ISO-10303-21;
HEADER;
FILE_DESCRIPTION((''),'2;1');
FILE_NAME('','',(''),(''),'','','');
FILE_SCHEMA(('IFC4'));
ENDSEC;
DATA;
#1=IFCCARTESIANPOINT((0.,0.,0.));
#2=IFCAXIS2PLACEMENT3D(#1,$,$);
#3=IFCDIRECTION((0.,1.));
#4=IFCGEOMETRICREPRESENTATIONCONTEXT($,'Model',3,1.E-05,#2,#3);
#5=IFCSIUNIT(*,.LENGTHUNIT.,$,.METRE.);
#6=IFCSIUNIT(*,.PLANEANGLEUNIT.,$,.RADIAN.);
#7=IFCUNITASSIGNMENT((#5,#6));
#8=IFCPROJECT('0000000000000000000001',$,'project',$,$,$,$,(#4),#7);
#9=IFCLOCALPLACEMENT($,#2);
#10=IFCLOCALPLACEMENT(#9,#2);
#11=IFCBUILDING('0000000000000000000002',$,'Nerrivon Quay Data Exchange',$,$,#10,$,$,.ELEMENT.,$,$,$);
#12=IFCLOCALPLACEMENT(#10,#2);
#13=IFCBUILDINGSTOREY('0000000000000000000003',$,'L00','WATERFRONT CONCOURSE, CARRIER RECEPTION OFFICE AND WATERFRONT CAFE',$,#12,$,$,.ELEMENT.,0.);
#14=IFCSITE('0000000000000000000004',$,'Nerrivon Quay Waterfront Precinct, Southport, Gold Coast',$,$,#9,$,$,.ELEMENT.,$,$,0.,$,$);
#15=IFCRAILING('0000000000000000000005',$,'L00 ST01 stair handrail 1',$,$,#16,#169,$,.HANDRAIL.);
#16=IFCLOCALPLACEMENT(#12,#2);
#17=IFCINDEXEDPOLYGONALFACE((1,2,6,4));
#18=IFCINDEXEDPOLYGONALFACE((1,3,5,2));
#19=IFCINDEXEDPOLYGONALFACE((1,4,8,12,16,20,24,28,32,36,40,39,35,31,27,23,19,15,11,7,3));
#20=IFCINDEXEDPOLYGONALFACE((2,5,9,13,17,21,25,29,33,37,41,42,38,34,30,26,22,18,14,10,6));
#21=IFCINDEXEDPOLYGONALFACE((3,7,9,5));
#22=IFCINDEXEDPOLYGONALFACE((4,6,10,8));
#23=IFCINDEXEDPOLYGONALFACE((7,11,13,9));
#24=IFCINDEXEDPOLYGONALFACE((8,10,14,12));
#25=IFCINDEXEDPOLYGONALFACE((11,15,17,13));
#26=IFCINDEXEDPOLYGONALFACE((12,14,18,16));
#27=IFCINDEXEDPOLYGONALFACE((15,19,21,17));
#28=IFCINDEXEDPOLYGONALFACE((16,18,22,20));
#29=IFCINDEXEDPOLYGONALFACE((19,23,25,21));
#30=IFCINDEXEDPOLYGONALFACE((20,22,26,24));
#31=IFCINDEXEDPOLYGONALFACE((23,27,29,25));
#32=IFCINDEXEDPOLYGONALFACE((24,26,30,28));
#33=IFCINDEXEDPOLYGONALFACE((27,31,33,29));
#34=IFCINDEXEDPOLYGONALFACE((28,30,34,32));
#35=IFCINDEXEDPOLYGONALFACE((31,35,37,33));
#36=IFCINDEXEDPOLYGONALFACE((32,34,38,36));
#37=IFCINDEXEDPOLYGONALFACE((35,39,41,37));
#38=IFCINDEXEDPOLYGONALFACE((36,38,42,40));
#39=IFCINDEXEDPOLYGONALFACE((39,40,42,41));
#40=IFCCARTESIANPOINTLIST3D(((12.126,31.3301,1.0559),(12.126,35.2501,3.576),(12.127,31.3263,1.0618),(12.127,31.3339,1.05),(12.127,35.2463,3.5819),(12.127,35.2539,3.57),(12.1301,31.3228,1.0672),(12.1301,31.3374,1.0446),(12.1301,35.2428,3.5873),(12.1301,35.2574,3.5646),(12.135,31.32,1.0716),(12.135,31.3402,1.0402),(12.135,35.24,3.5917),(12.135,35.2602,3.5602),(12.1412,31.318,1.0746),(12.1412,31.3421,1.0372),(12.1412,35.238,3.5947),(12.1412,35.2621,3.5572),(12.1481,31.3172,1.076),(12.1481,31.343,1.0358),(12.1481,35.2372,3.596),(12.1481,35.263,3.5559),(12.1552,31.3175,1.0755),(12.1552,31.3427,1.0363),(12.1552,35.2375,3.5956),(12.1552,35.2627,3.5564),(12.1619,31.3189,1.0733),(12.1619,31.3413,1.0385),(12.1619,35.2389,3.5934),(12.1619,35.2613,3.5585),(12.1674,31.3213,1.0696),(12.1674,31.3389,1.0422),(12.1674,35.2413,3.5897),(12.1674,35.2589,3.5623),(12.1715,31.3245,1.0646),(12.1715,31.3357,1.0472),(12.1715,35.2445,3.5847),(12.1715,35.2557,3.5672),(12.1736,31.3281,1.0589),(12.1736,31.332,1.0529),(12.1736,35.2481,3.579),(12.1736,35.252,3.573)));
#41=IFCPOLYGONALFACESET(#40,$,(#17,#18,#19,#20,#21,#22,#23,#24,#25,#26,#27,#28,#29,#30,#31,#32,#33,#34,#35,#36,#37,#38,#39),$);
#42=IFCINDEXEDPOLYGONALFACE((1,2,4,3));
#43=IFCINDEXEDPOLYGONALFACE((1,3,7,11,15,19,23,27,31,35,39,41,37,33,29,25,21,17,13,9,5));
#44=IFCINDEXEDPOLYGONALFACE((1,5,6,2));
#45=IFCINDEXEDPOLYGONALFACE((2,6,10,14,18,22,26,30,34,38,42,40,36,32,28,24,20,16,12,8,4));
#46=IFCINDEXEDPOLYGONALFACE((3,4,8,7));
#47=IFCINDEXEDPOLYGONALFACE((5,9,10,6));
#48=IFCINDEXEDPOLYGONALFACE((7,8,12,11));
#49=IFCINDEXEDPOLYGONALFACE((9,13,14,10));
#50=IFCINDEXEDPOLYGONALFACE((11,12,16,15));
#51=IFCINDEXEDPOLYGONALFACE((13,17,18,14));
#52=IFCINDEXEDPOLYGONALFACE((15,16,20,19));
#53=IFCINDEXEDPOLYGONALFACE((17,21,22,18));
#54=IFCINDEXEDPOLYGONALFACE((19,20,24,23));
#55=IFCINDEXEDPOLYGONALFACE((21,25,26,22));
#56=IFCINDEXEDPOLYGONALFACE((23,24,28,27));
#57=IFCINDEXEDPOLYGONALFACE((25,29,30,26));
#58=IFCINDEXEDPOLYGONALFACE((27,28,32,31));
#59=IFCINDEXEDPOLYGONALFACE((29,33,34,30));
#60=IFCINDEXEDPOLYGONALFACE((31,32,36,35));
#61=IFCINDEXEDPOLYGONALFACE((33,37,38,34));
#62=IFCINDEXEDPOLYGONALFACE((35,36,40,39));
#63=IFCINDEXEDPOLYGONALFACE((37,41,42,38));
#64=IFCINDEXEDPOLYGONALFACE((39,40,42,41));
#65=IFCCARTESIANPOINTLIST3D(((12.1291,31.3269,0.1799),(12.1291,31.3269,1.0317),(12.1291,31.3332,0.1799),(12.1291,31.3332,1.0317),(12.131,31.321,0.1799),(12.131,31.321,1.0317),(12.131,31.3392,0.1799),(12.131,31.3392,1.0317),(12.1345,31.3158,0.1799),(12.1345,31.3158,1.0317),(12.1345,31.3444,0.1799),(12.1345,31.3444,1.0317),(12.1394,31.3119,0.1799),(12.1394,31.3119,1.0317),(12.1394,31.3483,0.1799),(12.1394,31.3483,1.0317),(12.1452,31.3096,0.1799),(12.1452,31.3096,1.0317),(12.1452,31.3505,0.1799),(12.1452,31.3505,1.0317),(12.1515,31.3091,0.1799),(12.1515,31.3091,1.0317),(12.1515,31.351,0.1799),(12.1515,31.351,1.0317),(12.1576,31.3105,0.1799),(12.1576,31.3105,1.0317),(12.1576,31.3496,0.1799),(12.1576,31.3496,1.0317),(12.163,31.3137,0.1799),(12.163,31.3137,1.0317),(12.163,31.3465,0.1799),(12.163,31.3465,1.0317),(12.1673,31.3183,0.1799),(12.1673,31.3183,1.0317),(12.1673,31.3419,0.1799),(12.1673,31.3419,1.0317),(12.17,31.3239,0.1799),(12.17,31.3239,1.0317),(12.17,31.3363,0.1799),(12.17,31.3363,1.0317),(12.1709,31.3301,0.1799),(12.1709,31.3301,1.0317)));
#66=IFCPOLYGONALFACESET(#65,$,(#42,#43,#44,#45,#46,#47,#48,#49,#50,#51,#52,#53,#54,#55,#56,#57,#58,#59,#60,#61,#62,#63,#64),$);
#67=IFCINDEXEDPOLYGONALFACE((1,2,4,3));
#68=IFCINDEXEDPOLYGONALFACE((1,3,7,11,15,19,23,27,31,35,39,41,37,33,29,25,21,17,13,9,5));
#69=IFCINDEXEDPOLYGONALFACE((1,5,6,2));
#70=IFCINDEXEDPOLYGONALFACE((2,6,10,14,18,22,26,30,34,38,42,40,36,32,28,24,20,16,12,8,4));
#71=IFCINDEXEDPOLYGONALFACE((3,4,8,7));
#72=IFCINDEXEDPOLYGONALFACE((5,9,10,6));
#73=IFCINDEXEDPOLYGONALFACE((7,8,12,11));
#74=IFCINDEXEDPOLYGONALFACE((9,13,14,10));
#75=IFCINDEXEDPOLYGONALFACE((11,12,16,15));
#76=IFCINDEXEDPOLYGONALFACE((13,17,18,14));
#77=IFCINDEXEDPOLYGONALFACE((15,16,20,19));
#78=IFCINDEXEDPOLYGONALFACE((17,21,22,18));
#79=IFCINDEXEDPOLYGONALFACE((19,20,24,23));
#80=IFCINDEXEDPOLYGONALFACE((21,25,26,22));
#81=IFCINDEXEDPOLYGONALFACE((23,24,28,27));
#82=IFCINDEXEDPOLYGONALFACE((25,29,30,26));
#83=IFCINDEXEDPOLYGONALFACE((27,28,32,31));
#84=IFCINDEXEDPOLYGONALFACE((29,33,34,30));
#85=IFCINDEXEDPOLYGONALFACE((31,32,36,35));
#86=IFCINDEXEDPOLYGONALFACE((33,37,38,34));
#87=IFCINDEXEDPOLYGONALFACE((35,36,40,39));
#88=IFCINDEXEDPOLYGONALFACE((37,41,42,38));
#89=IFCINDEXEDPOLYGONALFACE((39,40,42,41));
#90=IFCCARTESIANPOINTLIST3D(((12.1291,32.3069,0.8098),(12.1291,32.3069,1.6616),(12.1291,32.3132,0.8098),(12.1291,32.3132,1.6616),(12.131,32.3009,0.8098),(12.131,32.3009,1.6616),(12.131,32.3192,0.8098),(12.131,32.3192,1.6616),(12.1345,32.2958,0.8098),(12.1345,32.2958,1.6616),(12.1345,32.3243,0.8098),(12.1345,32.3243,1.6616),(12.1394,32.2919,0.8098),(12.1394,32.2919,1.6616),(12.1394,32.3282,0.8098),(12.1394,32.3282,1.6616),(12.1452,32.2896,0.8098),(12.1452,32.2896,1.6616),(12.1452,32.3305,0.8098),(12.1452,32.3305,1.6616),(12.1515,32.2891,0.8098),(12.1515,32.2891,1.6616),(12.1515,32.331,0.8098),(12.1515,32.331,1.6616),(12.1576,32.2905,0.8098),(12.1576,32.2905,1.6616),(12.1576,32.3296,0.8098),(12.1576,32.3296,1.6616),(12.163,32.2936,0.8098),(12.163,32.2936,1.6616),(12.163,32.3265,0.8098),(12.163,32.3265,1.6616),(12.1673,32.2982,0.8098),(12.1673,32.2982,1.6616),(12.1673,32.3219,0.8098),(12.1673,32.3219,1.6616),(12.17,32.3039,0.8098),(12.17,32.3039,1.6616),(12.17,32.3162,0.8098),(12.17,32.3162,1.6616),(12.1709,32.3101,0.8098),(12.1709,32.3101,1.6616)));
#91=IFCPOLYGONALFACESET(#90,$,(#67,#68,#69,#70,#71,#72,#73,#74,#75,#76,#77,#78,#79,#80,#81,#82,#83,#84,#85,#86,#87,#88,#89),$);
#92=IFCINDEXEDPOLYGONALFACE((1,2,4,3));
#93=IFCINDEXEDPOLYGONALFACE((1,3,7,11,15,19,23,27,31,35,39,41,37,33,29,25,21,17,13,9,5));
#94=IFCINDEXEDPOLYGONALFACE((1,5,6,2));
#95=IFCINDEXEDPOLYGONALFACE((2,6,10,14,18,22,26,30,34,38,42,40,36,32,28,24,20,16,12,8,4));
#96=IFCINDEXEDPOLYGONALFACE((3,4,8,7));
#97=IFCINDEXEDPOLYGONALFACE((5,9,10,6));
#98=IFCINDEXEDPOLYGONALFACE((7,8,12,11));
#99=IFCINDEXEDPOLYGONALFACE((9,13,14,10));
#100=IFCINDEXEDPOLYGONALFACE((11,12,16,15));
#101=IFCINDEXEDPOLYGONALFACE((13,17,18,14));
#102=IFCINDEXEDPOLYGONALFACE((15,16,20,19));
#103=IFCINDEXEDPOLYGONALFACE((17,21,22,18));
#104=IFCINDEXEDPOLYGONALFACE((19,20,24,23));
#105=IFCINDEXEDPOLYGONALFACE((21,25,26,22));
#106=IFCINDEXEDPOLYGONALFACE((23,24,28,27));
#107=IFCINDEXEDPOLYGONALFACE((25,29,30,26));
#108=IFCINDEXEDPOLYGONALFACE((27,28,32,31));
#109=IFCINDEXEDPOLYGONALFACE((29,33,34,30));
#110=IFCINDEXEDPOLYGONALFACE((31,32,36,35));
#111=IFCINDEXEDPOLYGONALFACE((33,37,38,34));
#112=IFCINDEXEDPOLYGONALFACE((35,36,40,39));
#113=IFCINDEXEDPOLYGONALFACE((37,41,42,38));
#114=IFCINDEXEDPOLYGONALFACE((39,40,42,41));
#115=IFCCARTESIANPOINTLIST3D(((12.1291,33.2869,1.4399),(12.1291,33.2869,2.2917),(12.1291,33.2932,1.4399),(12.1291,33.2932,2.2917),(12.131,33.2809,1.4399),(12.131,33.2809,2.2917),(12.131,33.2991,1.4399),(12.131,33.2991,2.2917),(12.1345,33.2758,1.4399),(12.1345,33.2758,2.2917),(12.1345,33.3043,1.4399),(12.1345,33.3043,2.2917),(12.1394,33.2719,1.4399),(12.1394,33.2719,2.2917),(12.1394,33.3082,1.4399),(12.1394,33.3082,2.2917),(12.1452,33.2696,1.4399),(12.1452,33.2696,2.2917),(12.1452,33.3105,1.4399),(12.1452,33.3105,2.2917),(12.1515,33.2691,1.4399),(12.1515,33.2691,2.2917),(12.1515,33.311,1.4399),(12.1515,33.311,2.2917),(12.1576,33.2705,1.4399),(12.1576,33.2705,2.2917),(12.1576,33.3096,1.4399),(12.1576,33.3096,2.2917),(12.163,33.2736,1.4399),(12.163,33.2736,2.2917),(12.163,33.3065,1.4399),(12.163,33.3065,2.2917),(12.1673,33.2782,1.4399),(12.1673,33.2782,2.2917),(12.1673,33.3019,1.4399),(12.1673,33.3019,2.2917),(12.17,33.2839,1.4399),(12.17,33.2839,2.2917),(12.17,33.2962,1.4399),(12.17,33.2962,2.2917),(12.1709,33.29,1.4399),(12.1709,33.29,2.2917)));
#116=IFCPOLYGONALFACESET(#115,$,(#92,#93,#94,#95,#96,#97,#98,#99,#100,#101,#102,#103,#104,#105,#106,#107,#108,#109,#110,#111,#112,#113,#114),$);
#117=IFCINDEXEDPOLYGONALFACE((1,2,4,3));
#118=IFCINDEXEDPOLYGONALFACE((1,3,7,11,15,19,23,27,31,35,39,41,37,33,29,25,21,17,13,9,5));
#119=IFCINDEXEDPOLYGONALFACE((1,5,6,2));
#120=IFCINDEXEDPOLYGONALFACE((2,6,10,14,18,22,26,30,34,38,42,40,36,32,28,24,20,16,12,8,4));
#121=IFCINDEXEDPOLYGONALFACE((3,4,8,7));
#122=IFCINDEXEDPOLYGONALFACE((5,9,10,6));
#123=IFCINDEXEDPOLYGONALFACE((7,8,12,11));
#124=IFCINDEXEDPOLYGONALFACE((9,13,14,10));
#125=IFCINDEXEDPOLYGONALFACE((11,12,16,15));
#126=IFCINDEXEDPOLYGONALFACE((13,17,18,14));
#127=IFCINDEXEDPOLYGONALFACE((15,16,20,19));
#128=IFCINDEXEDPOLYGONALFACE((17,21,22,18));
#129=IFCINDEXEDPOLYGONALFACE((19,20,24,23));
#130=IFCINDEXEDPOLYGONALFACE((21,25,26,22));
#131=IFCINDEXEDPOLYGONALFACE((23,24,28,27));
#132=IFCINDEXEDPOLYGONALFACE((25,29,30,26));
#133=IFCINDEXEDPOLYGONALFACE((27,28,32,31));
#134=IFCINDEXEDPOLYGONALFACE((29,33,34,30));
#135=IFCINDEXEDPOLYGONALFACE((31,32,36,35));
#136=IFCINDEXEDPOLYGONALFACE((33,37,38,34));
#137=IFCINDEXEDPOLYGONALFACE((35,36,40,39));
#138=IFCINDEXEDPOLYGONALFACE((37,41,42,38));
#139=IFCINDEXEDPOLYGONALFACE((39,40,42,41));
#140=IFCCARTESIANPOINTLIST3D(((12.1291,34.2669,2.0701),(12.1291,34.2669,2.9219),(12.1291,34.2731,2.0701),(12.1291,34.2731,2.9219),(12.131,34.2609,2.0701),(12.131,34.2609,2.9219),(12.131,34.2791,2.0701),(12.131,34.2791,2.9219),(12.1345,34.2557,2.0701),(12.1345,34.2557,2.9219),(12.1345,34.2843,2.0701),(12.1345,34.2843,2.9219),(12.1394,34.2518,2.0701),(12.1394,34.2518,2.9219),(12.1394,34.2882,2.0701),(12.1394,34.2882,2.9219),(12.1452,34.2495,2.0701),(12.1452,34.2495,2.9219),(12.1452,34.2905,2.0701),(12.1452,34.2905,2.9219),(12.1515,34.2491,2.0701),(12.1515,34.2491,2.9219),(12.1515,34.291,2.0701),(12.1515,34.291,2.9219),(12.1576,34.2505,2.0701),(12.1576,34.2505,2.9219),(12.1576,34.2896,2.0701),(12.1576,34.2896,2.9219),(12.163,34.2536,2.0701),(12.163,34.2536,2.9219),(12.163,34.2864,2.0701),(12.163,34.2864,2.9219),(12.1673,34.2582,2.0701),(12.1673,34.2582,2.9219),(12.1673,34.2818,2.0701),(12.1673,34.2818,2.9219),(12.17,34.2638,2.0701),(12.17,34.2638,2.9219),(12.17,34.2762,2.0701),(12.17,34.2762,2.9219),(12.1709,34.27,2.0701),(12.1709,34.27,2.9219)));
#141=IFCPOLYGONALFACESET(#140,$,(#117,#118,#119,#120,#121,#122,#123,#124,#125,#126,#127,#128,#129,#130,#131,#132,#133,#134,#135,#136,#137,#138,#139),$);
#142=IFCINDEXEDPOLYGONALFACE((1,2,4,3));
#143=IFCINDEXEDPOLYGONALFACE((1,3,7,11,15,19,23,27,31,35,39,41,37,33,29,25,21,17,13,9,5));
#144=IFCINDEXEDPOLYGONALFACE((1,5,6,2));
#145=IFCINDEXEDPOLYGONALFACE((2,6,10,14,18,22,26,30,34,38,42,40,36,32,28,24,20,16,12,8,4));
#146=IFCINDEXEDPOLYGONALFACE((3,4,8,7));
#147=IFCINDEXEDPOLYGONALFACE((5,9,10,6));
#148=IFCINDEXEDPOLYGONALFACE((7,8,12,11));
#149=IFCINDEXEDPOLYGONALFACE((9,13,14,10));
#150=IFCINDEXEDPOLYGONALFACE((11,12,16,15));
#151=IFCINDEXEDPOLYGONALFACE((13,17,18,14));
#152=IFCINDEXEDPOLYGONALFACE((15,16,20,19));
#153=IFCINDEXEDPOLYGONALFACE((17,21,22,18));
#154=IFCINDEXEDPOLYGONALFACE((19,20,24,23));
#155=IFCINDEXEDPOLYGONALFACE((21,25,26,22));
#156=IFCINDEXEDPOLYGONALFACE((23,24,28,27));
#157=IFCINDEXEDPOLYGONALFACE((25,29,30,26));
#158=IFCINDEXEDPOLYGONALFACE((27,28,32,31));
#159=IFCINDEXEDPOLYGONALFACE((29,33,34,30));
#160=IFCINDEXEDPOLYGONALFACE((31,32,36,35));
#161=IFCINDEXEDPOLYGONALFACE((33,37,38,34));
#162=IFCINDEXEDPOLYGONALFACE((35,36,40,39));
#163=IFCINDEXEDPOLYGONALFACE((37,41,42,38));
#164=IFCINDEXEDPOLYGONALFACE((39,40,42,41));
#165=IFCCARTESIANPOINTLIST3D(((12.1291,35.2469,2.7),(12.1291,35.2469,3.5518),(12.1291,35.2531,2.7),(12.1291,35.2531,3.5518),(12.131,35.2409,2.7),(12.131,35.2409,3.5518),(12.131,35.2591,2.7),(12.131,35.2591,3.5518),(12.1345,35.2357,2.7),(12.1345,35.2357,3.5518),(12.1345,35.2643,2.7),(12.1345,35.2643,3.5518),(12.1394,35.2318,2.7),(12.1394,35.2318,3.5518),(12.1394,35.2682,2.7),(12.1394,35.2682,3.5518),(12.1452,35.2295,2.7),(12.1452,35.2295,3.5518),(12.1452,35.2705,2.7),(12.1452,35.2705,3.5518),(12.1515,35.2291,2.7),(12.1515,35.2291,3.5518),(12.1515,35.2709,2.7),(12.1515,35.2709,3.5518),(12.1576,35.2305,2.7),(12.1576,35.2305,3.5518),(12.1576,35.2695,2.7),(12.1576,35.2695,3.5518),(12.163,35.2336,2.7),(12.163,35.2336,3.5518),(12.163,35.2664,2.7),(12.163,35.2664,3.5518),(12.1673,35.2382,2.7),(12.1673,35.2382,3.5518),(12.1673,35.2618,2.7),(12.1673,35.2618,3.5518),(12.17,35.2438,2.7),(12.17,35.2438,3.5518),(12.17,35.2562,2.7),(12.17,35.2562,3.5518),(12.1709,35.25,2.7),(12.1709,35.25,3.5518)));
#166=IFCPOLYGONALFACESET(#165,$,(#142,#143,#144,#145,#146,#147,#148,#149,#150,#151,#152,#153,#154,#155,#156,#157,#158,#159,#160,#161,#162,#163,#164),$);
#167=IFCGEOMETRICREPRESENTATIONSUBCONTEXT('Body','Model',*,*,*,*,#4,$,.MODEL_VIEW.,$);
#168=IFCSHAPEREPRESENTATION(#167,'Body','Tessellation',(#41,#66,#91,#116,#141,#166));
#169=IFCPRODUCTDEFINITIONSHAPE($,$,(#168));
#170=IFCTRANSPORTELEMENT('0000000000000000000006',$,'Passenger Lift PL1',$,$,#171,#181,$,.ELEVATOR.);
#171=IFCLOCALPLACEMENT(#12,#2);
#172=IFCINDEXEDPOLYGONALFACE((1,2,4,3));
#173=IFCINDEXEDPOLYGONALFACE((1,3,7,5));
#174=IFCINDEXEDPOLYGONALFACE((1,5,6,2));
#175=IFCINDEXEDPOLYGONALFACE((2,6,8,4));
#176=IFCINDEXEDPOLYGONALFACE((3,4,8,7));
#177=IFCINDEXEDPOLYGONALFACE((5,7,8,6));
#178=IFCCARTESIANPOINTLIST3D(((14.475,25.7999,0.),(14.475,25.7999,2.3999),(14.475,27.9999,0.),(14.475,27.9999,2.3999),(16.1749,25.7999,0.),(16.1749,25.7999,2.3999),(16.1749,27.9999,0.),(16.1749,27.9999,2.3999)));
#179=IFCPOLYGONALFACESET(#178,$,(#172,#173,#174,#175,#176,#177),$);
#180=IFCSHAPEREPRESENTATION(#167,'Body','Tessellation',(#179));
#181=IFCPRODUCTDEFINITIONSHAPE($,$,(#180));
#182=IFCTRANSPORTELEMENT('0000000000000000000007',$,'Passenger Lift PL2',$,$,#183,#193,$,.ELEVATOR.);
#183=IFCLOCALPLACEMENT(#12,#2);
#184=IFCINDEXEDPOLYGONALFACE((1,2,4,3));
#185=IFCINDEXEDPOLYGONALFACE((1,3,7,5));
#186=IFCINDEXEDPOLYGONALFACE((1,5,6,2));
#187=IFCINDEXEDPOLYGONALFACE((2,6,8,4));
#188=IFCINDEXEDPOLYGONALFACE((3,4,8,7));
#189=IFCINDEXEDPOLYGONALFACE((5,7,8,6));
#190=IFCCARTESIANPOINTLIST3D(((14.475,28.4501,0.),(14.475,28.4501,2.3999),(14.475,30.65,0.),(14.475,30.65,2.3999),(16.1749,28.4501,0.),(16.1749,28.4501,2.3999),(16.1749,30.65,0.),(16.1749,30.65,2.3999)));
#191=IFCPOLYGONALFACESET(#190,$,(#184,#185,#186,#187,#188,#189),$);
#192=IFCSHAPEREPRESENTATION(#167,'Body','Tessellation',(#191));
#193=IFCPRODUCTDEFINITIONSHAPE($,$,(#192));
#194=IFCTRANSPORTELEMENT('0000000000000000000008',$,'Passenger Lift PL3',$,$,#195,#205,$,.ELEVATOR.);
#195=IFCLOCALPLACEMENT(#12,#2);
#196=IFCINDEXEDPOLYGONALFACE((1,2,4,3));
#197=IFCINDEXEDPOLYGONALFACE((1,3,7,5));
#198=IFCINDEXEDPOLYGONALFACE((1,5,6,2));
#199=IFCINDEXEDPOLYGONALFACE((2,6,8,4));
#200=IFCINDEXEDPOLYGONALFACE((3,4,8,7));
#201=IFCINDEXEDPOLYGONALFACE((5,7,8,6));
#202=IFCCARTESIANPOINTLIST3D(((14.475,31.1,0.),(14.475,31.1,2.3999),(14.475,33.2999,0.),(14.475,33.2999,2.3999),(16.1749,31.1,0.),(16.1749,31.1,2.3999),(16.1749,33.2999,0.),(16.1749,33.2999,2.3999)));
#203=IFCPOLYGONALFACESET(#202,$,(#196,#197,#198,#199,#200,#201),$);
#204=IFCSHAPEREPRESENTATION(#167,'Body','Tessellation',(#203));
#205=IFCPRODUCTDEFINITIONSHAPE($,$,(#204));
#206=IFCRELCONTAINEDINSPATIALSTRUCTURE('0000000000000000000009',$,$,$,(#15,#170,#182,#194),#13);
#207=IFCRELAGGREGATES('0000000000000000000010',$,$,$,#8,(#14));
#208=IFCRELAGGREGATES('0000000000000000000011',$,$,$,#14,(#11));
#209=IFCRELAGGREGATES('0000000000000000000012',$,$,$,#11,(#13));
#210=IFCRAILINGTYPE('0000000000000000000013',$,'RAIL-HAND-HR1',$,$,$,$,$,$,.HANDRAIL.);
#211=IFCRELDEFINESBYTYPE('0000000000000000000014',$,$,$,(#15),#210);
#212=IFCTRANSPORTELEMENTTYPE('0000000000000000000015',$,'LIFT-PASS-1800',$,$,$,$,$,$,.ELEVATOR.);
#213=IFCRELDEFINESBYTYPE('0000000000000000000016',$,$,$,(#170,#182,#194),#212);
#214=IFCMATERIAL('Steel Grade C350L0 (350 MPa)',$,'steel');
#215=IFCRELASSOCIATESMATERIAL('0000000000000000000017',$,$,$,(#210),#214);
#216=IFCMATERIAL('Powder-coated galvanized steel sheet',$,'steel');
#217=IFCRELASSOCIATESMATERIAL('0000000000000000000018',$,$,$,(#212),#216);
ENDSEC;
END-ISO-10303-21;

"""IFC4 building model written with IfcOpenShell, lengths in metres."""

from ifc_helpers import new_model, si_unit, direction, frame, origin, origin_2d, place, context, subcontext, project, spatial, rectangle, circle, extrude, material, type_object, element, save


model = new_model("IFC4")

# Units and contexts
model_context = context("Model", 3, precision=1e-05, world=origin(), true_north=direction((0.0, 1.0)))
body_context = subcontext(model_context, "Body", "Model", "MODEL_VIEW")
ifc_project = project(units=[si_unit("LENGTHUNIT", "METRE"), si_unit("PLANEANGLEUNIT", "RADIAN")], contexts=[model_context])

# Site, building, storey
site_placement = place(None, origin())
site = spatial("IfcSite", under=ifc_project, at=site_placement, Name="Nerrivon Quay Waterfront Precinct, Southport, Gold Coast", CompositionType="ELEMENT", RefElevation=0.0)
building_placement = place(site_placement, origin())
building = spatial("IfcBuilding", under=site, at=building_placement, Name="Nerrivon Quay Data Exchange", CompositionType="ELEMENT")
storey_placement = place(building_placement, origin())
storey = spatial("IfcBuildingStorey", under=building, at=storey_placement, Name="L00", Description="WATERFRONT CONCOURSE, CARRIER RECEPTION OFFICE AND WATERFRONT CAFE", CompositionType="ELEMENT", Elevation=0.0)

# Shared definitions
ifc_material_1 = material(Name="Powder-coated galvanized steel sheet", Category="steel")

# Railing
ifc_material_2 = material(Name="Steel Grade C350L0 (350 MPa)", Category="steel")
railing_type = type_object("IfcRailingType", Name="RAIL-HAND-HR1", PredefinedType="HANDRAIL", material=ifc_material_2)
railing_placement = place(storey_placement, frame((12.1499, 31.3301, 0.1799)))
element("IfcRailing", 1, at=railing_placement, inside=storey, type_object=railing_type, Name="L00 ST01 stair handrail 1", PredefinedType="HANDRAIL", context=body_context, shape_type="SweptSolid", body=[
    extrude(circle(Radius=0.0239, at=origin_2d()), frame((0.0, 0.0, 0.876), z_axis=(0.0, 0.841172, 0.540768), x_axis=(-1.0, 0.0, 0.0)), (0.0, 0.0, 1.0), 4.6602),
    extrude(circle(Radius=0.021, at=origin_2d()), origin(), (0.0, 0.0, 1.0), 0.8518),
    extrude(circle(Radius=0.021, at=origin_2d()), frame((0.0, 0.98, 0.6299)), (0.0, 0.0, 1.0), 0.8518),
    extrude(circle(Radius=0.021, at=origin_2d()), frame((0.0, 1.96, 1.26)), (0.0, 0.0, 1.0), 0.8518),
    extrude(circle(Radius=0.021, at=origin_2d()), frame((0.0, 2.9399, 1.8901)), (0.0, 0.0, 1.0), 0.8518),
    extrude(circle(Radius=0.021, at=origin_2d()), frame((0.0, 3.9199, 2.52)), (0.0, 0.0, 1.0), 0.8518),
])

# Transport elements
transport_element_type = type_object("IfcTransportElementType", Name="LIFT-PASS-1800", PredefinedType="ELEVATOR", material=ifc_material_1)
for number, where, z_axis, x_axis, name in (
    (2, (15.325, 26.8999, 0.0), (0.0, 0.0, 1.0), (1.0, 0.0, 0.0), "Passenger Lift PL1"),
    (3, (15.325, 29.55, 0.0), (0.0, 0.0, 1.0), (1.0, 0.0, 0.0), "Passenger Lift PL2"),
    (4, (15.325, 32.2, 0.0), (0.0, 0.0, 1.0), (1.0, 0.0, 0.0), "Passenger Lift PL3"),
):
    element("IfcTransportElement", number, at=place(storey_placement, frame(where, z_axis=z_axis, x_axis=x_axis)), inside=storey, type_object=transport_element_type, Name=name, PredefinedType="ELEVATOR", context=body_context, shape_type="SweptSolid", body=[
        extrude(rectangle(XDim=1.7, YDim=2.2, at=origin_2d()), origin(), (0.0, 0.0, 1.0), 2.3999),
    ])

save(model, "model.ifc")
